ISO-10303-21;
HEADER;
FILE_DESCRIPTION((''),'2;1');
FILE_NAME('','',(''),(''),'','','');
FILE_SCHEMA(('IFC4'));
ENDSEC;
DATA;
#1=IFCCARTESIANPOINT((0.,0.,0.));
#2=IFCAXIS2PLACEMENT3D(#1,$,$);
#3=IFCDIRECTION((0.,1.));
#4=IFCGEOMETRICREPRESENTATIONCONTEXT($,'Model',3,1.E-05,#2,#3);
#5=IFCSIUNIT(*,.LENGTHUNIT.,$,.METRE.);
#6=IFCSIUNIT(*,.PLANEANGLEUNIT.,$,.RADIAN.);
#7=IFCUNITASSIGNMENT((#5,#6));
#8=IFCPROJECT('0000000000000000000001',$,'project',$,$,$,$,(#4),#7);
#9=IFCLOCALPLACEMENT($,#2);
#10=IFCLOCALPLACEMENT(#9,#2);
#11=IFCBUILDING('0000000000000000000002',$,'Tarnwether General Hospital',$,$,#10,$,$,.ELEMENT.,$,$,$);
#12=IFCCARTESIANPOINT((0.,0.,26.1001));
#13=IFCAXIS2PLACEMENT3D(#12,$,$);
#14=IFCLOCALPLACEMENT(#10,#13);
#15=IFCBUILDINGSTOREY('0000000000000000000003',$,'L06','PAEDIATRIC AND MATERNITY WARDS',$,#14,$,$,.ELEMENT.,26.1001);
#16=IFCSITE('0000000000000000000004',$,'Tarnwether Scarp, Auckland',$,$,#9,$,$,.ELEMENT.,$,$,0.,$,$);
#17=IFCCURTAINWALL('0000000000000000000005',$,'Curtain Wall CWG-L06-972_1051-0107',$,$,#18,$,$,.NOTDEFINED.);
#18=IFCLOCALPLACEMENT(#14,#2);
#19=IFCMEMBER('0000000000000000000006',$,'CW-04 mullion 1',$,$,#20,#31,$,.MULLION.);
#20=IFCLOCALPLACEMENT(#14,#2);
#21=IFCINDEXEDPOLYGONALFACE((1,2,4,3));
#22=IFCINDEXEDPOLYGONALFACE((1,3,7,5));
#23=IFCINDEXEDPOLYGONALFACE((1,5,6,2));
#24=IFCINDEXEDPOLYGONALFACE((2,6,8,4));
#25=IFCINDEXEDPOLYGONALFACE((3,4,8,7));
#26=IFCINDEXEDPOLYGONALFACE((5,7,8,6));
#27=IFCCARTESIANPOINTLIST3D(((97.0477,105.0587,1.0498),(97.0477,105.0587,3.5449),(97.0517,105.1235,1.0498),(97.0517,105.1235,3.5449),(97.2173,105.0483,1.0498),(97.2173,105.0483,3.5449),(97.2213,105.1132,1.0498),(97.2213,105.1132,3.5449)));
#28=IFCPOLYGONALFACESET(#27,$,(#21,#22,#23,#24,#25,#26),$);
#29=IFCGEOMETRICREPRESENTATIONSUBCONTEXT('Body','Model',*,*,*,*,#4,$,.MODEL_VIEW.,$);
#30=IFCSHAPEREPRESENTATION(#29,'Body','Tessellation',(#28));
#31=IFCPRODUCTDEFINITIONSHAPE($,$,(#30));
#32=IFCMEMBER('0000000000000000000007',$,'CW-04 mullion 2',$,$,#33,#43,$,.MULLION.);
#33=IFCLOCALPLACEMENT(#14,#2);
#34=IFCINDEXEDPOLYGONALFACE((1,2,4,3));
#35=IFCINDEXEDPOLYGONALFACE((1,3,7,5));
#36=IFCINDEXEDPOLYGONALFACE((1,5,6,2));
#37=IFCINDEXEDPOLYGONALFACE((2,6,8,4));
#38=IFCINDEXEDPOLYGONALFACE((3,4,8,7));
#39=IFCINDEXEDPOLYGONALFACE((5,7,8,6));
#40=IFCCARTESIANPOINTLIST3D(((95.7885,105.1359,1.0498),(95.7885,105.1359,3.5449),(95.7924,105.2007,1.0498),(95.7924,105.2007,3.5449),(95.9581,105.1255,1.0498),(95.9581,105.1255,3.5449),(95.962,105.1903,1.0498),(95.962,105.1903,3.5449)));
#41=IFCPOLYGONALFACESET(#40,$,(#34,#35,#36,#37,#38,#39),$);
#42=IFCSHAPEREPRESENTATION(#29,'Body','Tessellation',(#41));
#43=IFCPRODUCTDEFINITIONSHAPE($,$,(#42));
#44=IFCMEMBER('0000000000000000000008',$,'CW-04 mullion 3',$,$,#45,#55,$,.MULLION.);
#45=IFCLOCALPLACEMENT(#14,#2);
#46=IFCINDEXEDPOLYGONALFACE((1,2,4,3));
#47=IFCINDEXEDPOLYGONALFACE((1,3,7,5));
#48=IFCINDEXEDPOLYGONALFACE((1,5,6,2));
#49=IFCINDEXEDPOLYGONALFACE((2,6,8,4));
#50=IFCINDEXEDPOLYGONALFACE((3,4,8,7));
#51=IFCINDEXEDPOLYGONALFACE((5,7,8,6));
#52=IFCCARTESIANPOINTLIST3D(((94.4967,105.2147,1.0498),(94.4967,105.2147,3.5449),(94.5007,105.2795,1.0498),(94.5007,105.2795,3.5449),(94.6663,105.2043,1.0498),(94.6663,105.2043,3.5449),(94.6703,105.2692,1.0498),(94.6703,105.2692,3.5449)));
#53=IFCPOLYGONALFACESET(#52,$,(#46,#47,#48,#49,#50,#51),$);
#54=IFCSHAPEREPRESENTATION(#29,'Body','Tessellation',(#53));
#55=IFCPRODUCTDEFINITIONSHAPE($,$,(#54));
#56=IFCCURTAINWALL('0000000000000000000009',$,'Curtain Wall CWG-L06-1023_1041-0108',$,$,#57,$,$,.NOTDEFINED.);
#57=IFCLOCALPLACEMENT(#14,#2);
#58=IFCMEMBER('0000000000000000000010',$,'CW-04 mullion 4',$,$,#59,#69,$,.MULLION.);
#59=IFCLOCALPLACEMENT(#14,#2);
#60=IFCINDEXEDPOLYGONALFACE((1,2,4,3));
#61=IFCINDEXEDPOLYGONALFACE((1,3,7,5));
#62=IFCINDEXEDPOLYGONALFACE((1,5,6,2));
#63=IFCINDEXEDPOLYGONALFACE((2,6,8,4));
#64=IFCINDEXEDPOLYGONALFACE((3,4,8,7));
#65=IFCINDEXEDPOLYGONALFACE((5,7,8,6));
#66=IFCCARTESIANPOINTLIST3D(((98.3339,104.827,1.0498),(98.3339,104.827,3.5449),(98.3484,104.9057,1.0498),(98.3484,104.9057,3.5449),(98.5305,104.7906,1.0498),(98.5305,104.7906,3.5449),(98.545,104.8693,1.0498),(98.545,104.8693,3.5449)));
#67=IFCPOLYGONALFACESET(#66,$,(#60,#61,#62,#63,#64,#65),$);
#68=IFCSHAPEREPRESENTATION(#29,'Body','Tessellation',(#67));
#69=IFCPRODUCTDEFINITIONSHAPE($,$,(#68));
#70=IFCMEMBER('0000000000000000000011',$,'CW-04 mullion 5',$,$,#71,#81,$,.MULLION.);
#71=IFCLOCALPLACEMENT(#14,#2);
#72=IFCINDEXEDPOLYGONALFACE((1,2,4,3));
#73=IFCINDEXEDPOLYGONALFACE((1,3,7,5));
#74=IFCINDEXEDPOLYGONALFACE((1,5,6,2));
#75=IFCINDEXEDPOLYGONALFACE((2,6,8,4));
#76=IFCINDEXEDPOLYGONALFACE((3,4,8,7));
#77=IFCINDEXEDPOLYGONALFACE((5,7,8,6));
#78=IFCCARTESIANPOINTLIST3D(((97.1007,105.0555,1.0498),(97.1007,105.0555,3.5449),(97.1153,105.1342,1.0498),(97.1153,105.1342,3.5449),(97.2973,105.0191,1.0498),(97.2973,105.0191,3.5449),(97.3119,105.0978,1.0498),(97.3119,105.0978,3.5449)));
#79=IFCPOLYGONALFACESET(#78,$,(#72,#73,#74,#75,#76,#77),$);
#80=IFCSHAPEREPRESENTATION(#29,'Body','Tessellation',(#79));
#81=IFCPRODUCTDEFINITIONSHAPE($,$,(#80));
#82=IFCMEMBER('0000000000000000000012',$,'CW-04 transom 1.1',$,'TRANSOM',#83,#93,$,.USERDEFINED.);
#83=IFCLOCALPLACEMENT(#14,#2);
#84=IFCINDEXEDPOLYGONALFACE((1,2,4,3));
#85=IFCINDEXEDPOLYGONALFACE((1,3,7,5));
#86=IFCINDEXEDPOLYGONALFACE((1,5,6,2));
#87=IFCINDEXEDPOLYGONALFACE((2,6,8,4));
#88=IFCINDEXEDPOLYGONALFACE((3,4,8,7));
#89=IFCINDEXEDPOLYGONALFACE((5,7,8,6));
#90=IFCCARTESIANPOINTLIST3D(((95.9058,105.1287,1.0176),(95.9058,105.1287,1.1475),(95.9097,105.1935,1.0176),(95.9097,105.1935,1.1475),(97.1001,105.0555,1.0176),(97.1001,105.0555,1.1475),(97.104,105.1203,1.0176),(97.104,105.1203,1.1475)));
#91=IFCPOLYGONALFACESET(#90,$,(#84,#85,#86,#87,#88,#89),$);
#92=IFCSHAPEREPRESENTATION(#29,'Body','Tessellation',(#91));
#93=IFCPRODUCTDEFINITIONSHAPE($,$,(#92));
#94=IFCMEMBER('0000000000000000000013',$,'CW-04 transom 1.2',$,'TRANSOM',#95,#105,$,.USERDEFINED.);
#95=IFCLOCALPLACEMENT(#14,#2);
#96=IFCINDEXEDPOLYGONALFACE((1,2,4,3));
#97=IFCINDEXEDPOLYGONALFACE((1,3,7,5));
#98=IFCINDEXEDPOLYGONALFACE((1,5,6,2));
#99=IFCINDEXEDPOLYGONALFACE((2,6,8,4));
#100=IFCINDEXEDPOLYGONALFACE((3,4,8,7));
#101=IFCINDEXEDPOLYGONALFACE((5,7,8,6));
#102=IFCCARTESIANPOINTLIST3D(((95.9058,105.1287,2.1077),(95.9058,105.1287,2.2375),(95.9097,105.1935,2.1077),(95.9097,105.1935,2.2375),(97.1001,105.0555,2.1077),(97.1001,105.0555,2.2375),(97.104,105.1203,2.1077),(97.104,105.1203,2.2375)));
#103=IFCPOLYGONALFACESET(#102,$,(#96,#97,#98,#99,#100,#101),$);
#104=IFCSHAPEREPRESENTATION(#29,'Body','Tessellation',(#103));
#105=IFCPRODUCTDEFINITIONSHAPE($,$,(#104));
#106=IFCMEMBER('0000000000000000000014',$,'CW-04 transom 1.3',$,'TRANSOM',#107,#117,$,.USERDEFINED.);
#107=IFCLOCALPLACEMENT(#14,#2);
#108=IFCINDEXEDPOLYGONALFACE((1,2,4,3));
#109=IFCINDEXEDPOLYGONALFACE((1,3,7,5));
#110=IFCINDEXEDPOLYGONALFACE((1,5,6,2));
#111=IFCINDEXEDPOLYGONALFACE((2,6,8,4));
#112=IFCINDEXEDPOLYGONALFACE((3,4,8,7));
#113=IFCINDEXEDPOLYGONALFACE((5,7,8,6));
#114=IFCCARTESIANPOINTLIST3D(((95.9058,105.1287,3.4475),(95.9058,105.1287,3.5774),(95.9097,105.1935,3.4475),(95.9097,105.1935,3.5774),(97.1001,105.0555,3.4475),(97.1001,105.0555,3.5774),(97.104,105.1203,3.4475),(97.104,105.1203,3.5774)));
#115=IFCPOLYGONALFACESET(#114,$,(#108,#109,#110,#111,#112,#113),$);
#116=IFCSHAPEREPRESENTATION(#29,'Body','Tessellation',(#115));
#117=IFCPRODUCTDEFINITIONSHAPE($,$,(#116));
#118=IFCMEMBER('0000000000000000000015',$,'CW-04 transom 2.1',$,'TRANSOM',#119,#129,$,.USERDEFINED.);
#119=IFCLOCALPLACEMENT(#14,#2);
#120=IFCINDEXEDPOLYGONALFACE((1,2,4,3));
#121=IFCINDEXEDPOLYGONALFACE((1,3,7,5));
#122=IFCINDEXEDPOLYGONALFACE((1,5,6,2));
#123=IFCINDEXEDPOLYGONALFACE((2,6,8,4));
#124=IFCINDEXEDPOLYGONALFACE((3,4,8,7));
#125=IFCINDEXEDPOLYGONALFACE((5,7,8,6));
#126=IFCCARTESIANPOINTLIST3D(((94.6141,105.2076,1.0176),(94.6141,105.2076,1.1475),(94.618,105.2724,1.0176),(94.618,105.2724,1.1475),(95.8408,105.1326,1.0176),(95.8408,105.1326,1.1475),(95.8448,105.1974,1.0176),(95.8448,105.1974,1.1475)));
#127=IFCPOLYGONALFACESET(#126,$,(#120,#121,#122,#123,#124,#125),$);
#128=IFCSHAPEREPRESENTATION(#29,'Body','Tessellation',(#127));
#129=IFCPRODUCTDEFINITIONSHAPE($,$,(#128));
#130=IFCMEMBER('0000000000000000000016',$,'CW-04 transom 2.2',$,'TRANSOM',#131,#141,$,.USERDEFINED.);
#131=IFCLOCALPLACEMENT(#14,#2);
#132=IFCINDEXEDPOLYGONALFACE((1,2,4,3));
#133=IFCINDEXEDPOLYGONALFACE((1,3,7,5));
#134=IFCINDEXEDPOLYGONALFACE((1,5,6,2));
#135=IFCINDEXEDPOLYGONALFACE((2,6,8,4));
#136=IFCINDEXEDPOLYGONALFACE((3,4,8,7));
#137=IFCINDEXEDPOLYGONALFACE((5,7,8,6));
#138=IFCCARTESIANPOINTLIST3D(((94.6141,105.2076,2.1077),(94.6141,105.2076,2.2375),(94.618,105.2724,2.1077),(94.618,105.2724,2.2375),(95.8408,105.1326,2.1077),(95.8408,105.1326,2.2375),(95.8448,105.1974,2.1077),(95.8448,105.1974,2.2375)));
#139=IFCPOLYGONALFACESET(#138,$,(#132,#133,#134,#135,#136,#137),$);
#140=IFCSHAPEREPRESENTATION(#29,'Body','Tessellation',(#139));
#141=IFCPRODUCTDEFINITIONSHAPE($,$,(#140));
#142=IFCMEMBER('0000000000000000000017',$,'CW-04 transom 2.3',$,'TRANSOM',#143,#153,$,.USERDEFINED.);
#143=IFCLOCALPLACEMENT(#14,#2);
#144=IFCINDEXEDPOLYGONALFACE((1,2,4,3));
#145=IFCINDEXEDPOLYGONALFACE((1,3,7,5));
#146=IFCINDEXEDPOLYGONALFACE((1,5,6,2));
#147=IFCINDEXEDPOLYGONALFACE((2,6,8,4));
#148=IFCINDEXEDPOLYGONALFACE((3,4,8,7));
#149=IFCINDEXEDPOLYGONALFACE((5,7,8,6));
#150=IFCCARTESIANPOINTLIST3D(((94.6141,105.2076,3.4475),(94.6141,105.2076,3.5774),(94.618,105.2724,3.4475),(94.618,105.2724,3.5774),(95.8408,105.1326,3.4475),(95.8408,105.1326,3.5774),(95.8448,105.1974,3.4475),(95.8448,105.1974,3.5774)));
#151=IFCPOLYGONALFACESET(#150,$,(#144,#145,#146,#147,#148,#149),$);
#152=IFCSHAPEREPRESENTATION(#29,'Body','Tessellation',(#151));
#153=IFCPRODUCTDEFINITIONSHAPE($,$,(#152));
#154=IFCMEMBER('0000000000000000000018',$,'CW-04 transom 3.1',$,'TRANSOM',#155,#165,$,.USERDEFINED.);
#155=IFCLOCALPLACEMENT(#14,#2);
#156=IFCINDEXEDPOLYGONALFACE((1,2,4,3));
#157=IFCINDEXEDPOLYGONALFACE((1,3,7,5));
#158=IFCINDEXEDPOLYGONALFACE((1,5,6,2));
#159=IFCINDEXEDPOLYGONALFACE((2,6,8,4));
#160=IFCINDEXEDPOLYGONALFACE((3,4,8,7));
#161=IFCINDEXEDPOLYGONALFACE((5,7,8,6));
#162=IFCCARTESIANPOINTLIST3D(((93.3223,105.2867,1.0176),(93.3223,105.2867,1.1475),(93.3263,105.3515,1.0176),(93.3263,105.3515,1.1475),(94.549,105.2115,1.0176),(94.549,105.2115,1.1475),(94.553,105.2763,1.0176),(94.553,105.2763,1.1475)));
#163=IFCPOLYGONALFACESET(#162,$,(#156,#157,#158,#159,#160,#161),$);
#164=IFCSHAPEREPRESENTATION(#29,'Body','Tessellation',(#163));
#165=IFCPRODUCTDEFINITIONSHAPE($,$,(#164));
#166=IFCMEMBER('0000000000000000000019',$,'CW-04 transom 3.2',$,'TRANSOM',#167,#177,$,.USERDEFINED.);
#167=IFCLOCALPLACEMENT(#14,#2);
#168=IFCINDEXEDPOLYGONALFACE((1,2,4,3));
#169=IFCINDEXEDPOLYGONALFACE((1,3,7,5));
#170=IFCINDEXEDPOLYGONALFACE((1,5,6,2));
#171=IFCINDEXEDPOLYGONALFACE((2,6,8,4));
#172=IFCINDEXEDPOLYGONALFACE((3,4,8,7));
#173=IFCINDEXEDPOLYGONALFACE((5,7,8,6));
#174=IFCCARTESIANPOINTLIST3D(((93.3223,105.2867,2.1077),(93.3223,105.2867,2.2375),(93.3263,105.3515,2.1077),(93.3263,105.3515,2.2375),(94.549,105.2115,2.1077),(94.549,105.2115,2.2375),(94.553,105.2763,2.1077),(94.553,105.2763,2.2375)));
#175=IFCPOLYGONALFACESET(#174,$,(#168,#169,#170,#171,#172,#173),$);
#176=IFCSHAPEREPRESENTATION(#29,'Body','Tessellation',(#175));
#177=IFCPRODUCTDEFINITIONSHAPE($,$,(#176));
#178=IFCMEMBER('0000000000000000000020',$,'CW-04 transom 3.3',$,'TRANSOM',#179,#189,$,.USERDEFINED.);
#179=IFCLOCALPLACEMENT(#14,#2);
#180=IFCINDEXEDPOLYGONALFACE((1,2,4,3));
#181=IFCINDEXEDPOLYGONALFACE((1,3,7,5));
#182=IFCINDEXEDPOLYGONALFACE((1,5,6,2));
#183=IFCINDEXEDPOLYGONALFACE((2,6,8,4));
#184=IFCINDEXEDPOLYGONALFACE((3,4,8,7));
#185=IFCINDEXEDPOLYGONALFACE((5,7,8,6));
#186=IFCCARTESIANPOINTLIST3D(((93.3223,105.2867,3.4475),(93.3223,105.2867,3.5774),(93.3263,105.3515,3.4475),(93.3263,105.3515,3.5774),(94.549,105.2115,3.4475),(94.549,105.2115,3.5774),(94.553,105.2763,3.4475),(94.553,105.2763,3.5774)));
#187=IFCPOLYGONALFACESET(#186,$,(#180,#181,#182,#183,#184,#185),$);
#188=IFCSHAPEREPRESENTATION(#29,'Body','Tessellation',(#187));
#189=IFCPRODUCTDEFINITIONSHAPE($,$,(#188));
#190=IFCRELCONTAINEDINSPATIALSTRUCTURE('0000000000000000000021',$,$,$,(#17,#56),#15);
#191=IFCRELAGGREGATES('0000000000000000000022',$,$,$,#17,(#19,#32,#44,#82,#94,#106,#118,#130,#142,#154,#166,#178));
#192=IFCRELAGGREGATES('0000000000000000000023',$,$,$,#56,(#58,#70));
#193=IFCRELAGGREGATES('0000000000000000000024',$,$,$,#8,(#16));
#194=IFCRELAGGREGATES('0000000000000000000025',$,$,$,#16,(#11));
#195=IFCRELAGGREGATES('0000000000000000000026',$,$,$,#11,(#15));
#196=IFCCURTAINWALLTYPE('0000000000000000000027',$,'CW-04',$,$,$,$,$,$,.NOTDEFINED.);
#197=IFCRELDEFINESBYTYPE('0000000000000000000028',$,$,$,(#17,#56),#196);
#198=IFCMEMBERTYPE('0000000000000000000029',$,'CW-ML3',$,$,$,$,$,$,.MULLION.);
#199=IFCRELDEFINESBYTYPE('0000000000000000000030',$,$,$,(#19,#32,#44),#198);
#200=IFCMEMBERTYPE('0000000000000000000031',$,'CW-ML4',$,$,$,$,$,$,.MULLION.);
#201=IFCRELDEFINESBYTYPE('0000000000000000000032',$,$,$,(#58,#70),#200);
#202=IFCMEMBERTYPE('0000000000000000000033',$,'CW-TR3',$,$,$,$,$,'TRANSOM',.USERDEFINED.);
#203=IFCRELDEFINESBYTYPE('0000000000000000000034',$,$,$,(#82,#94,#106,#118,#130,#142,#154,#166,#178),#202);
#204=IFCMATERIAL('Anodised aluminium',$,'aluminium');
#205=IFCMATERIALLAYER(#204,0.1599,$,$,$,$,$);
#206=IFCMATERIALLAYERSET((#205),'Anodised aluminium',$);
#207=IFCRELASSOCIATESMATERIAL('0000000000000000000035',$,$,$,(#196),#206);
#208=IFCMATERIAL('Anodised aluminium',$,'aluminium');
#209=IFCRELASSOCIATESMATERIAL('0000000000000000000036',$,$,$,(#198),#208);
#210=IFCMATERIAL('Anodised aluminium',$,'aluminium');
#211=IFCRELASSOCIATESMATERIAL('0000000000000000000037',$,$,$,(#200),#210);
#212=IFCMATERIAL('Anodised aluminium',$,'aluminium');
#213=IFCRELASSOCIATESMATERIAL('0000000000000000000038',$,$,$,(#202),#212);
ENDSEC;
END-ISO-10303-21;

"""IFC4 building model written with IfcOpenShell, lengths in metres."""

from ifc_helpers import new_model, si_unit, direction, frame, origin, origin_2d, place, context, subcontext, project, spatial, rectangle, extrude, material, layer, layer_set, material_profile, profile_set, type_object, element, aggregate, save


model = new_model("IFC4")

# Units and contexts
model_context = context("Model", 3, precision=1e-05, world=origin(), true_north=direction((0.0, 1.0)))
body_context = subcontext(model_context, "Body", "Model", "MODEL_VIEW")
ifc_project = project(units=[si_unit("LENGTHUNIT", "METRE"), si_unit("PLANEANGLEUNIT", "RADIAN")], contexts=[model_context])

# Site, building, storey
site_placement = place(None, origin())
site = spatial("IfcSite", under=ifc_project, at=site_placement, Name="Tarnwether Scarp, Auckland", CompositionType="ELEMENT", RefElevation=0.0)
building_placement = place(site_placement, origin())
building = spatial("IfcBuilding", under=site, at=building_placement, Name="Tarnwether General Hospital", CompositionType="ELEMENT")
storey_placement = place(building_placement, frame((0.0, 0.0, 26.1001)))
storey = spatial("IfcBuildingStorey", under=building, at=storey_placement, Name="L06", Description="PAEDIATRIC AND MATERNITY WARDS", CompositionType="ELEMENT", Elevation=26.1001)

# Curtain walls, members
ifc_material_1 = material(Name="Anodised aluminium", Category="aluminium")
ifc_layer_1 = layer(ifc_material_1, 0.1599)
ifc_layer_set_1 = layer_set([ifc_layer_1], Name="Anodised aluminium")
curtain_wall_type = type_object("IfcCurtainWallType", Name="CW-04", PredefinedType="NOTDEFINED", material=ifc_layer_set_1)
curtain_wall_1_placement = place(storey_placement, origin())
curtain_wall_1 = element("IfcCurtainWall", 1, at=curtain_wall_1_placement, inside=storey, type_object=curtain_wall_type, Name="Curtain Wall CWG-L06-972_1051-0107", PredefinedType="NOTDEFINED")
ifc_material_2 = material(Name="Anodised aluminium", Category="aluminium")
ifc_material_profile_1 = material_profile(ifc_material_2, rectangle(XDim=0.0649, YDim=0.1699, at=origin_2d()), Name="ALU-MUL-65x170")
ifc_profile_set_1 = profile_set([ifc_material_profile_1], Name="Anodised aluminium")
member_type_1 = type_object("IfcMemberType", Name="CW-ML3", PredefinedType="MULLION", material=ifc_profile_set_1)
member_1_placement = place(storey_placement, frame((97.1345, 105.0859, 1.0498), z_axis=(0.0, 0.0, 1.0), x_axis=(-0.061043, -0.998135, 0.0)))
member_1 = element("IfcMember", 2, at=member_1_placement, type_object=member_type_1, Name="CW-04 mullion 1", PredefinedType="MULLION", context=body_context, shape_type="SweptSolid", body=[
    extrude(rectangle(XDim=0.0649, YDim=0.1699, at=origin_2d()), origin(), (0.0, 0.0, 1.0), 2.4951),
])
member_2_placement = place(storey_placement, frame((95.8752, 105.1631, 1.0498), z_axis=(0.0, 0.0, 1.0), x_axis=(-0.061043, -0.998135, 0.0)))
member_2 = element("IfcMember", 3, at=member_2_placement, type_object=member_type_1, Name="CW-04 mullion 2", PredefinedType="MULLION", context=body_context, shape_type="SweptSolid", body=[
    extrude(rectangle(XDim=0.0649, YDim=0.1699, at=origin_2d()), origin(), (0.0, 0.0, 1.0), 2.4951),
])
member_3_placement = place(storey_placement, frame((94.5835, 105.2419, 1.0498), z_axis=(0.0, 0.0, 1.0), x_axis=(-0.061043, -0.998135, 0.0)))
member_3 = element("IfcMember", 4, at=member_3_placement, type_object=member_type_1, Name="CW-04 mullion 3", PredefinedType="MULLION", context=body_context, shape_type="SweptSolid", body=[
    extrude(rectangle(XDim=0.0649, YDim=0.1699, at=origin_2d()), origin(), (0.0, 0.0, 1.0), 2.4951),
])
curtain_wall_2_placement = place(storey_placement, origin())
curtain_wall_2 = element("IfcCurtainWall", 5, at=curtain_wall_2_placement, inside=storey, type_object=curtain_wall_type, Name="Curtain Wall CWG-L06-1023_1041-0108", PredefinedType="NOTDEFINED")
ifc_material_3 = material(Name="Anodised aluminium", Category="aluminium")
ifc_material_profile_2 = material_profile(ifc_material_3, rectangle(XDim=0.0801, YDim=0.2, at=origin_2d()), Name="ALU-MUL-80x200")
ifc_profile_set_2 = profile_set([ifc_material_profile_2], Name="Anodised aluminium")
member_type_2 = type_object("IfcMemberType", Name="CW-ML4", PredefinedType="MULLION", material=ifc_profile_set_2)
member_4_placement = place(storey_placement, frame((98.4395, 104.8481, 1.0498), z_axis=(0.0, 0.0, 1.0), x_axis=(-0.182165, -0.983268, 0.0)))
member_4 = element("IfcMember", 6, at=member_4_placement, type_object=member_type_2, Name="CW-04 mullion 4", PredefinedType="MULLION", context=body_context, shape_type="SweptSolid", body=[
    extrude(rectangle(XDim=0.0801, YDim=0.2, at=origin_2d()), origin(), (0.0, 0.0, 1.0), 2.4951),
])
member_5_placement = place(storey_placement, frame((97.2063, 105.0767, 1.0498), z_axis=(0.0, 0.0, 1.0), x_axis=(-0.182165, -0.983268, 0.0)))
member_5 = element("IfcMember", 7, at=member_5_placement, type_object=member_type_2, Name="CW-04 mullion 5", PredefinedType="MULLION", context=body_context, shape_type="SweptSolid", body=[
    extrude(rectangle(XDim=0.0801, YDim=0.2, at=origin_2d()), origin(), (0.0, 0.0, 1.0), 2.4951),
])

# Members
ifc_material_4 = material(Name="Anodised aluminium", Category="aluminium")
ifc_material_profile_3 = material_profile(ifc_material_4, rectangle(XDim=0.0649, YDim=0.1299, at=origin_2d()), Name="ALU-TRN-65x130")
ifc_profile_set_3 = profile_set([ifc_material_profile_3], Name="Anodised aluminium")
member_type_3 = type_object("IfcMemberType", Name="CW-TR3", ElementType="TRANSOM", PredefinedType="USERDEFINED", material=ifc_profile_set_3)
member_6_placement = place(storey_placement, frame((97.1021, 105.0879, 1.0825), z_axis=(-0.998125, 0.06121, 0.0), x_axis=(-0.06121, -0.998125, 0.0)))
member_6 = element("IfcMember", 8, at=member_6_placement, type_object=member_type_3, Name="CW-04 transom 1.1", ObjectType="TRANSOM", PredefinedType="USERDEFINED", context=body_context, shape_type="SweptSolid", body=[
    extrude(rectangle(XDim=0.0649, YDim=0.1299, at=origin_2d()), origin(), (0.0, 0.0, 1.0), 1.1965),
])
member_7_placement = place(storey_placement, frame((97.1021, 105.0879, 2.1726), z_axis=(-0.998125, 0.06121, 0.0), x_axis=(-0.06121, -0.998125, 0.0)))
member_7 = element("IfcMember", 9, at=member_7_placement, type_object=member_type_3, Name="CW-04 transom 1.2", ObjectType="TRANSOM", PredefinedType="USERDEFINED", context=body_context, shape_type="SweptSolid", body=[
    extrude(rectangle(XDim=0.0649, YDim=0.1299, at=origin_2d()), origin(), (0.0, 0.0, 1.0), 1.1965),
])
member_8_placement = place(storey_placement, frame((97.1021, 105.0879, 3.5125), z_axis=(-0.998125, 0.06121, 0.0), x_axis=(-0.06121, -0.998125, 0.0)))
member_8 = element("IfcMember", 10, at=member_8_placement, type_object=member_type_3, Name="CW-04 transom 1.3", ObjectType="TRANSOM", PredefinedType="USERDEFINED", context=body_context, shape_type="SweptSolid", body=[
    extrude(rectangle(XDim=0.0649, YDim=0.1299, at=origin_2d()), origin(), (0.0, 0.0, 1.0), 1.1965),
])
member_9_placement = place(storey_placement, frame((95.8428, 105.165, 1.0825), z_axis=(-0.998139, 0.060981, 0.0), x_axis=(-0.060981, -0.998139, 0.0)))
member_9 = element("IfcMember", 11, at=member_9_placement, type_object=member_type_3, Name="CW-04 transom 2.1", ObjectType="TRANSOM", PredefinedType="USERDEFINED", context=body_context, shape_type="SweptSolid", body=[
    extrude(rectangle(XDim=0.0649, YDim=0.1299, at=origin_2d()), origin(), (0.0, 0.0, 1.0), 1.229),
])
member_10_placement = place(storey_placement, frame((95.8428, 105.165, 2.1726), z_axis=(-0.998139, 0.060981, 0.0), x_axis=(-0.060981, -0.998139, 0.0)))
member_10 = element("IfcMember", 12, at=member_10_placement, type_object=member_type_3, Name="CW-04 transom 2.2", ObjectType="TRANSOM", PredefinedType="USERDEFINED", context=body_context, shape_type="SweptSolid", body=[
    extrude(rectangle(XDim=0.0649, YDim=0.1299, at=origin_2d()), origin(), (0.0, 0.0, 1.0), 1.229),
])
member_11_placement = place(storey_placement, frame((95.8428, 105.165, 3.5125), z_axis=(-0.998139, 0.060981, 0.0), x_axis=(-0.060981, -0.998139, 0.0)))
member_11 = element("IfcMember", 13, at=member_11_placement, type_object=member_type_3, Name="CW-04 transom 2.3", ObjectType="TRANSOM", PredefinedType="USERDEFINED", context=body_context, shape_type="SweptSolid", body=[
    extrude(rectangle(XDim=0.0649, YDim=0.1299, at=origin_2d()), origin(), (0.0, 0.0, 1.0), 1.229),
])
member_12_placement = place(storey_placement, frame((94.551, 105.2439, 1.0825), z_axis=(-0.998127, 0.061179, 0.0), x_axis=(-0.061179, -0.998127, 0.0)))
member_12 = element("IfcMember", 14, at=member_12_placement, type_object=member_type_3, Name="CW-04 transom 3.1", ObjectType="TRANSOM", PredefinedType="USERDEFINED", context=body_context, shape_type="SweptSolid", body=[
    extrude(rectangle(XDim=0.0649, YDim=0.1299, at=origin_2d()), origin(), (0.0, 0.0, 1.0), 1.229),
])
member_13_placement = place(storey_placement, frame((94.551, 105.2439, 2.1726), z_axis=(-0.998127, 0.061179, 0.0), x_axis=(-0.061179, -0.998127, 0.0)))
member_13 = element("IfcMember", 15, at=member_13_placement, type_object=member_type_3, Name="CW-04 transom 3.2", ObjectType="TRANSOM", PredefinedType="USERDEFINED", context=body_context, shape_type="SweptSolid", body=[
    extrude(rectangle(XDim=0.0649, YDim=0.1299, at=origin_2d()), origin(), (0.0, 0.0, 1.0), 1.229),
])
member_14_placement = place(storey_placement, frame((94.551, 105.2439, 3.5125), z_axis=(-0.998127, 0.061179, 0.0), x_axis=(-0.061179, -0.998127, 0.0)))
member_14 = element("IfcMember", 16, at=member_14_placement, type_object=member_type_3, Name="CW-04 transom 3.3", ObjectType="TRANSOM", PredefinedType="USERDEFINED", context=body_context, shape_type="SweptSolid", body=[
    extrude(rectangle(XDim=0.0649, YDim=0.1299, at=origin_2d()), origin(), (0.0, 0.0, 1.0), 1.229),
])

aggregate(curtain_wall_1, [member_1, member_2, member_3, member_6, member_7, member_8, member_9, member_10, member_11, member_12, member_13, member_14])
aggregate(curtain_wall_2, [member_4, member_5])

save(model, "model.ifc")
